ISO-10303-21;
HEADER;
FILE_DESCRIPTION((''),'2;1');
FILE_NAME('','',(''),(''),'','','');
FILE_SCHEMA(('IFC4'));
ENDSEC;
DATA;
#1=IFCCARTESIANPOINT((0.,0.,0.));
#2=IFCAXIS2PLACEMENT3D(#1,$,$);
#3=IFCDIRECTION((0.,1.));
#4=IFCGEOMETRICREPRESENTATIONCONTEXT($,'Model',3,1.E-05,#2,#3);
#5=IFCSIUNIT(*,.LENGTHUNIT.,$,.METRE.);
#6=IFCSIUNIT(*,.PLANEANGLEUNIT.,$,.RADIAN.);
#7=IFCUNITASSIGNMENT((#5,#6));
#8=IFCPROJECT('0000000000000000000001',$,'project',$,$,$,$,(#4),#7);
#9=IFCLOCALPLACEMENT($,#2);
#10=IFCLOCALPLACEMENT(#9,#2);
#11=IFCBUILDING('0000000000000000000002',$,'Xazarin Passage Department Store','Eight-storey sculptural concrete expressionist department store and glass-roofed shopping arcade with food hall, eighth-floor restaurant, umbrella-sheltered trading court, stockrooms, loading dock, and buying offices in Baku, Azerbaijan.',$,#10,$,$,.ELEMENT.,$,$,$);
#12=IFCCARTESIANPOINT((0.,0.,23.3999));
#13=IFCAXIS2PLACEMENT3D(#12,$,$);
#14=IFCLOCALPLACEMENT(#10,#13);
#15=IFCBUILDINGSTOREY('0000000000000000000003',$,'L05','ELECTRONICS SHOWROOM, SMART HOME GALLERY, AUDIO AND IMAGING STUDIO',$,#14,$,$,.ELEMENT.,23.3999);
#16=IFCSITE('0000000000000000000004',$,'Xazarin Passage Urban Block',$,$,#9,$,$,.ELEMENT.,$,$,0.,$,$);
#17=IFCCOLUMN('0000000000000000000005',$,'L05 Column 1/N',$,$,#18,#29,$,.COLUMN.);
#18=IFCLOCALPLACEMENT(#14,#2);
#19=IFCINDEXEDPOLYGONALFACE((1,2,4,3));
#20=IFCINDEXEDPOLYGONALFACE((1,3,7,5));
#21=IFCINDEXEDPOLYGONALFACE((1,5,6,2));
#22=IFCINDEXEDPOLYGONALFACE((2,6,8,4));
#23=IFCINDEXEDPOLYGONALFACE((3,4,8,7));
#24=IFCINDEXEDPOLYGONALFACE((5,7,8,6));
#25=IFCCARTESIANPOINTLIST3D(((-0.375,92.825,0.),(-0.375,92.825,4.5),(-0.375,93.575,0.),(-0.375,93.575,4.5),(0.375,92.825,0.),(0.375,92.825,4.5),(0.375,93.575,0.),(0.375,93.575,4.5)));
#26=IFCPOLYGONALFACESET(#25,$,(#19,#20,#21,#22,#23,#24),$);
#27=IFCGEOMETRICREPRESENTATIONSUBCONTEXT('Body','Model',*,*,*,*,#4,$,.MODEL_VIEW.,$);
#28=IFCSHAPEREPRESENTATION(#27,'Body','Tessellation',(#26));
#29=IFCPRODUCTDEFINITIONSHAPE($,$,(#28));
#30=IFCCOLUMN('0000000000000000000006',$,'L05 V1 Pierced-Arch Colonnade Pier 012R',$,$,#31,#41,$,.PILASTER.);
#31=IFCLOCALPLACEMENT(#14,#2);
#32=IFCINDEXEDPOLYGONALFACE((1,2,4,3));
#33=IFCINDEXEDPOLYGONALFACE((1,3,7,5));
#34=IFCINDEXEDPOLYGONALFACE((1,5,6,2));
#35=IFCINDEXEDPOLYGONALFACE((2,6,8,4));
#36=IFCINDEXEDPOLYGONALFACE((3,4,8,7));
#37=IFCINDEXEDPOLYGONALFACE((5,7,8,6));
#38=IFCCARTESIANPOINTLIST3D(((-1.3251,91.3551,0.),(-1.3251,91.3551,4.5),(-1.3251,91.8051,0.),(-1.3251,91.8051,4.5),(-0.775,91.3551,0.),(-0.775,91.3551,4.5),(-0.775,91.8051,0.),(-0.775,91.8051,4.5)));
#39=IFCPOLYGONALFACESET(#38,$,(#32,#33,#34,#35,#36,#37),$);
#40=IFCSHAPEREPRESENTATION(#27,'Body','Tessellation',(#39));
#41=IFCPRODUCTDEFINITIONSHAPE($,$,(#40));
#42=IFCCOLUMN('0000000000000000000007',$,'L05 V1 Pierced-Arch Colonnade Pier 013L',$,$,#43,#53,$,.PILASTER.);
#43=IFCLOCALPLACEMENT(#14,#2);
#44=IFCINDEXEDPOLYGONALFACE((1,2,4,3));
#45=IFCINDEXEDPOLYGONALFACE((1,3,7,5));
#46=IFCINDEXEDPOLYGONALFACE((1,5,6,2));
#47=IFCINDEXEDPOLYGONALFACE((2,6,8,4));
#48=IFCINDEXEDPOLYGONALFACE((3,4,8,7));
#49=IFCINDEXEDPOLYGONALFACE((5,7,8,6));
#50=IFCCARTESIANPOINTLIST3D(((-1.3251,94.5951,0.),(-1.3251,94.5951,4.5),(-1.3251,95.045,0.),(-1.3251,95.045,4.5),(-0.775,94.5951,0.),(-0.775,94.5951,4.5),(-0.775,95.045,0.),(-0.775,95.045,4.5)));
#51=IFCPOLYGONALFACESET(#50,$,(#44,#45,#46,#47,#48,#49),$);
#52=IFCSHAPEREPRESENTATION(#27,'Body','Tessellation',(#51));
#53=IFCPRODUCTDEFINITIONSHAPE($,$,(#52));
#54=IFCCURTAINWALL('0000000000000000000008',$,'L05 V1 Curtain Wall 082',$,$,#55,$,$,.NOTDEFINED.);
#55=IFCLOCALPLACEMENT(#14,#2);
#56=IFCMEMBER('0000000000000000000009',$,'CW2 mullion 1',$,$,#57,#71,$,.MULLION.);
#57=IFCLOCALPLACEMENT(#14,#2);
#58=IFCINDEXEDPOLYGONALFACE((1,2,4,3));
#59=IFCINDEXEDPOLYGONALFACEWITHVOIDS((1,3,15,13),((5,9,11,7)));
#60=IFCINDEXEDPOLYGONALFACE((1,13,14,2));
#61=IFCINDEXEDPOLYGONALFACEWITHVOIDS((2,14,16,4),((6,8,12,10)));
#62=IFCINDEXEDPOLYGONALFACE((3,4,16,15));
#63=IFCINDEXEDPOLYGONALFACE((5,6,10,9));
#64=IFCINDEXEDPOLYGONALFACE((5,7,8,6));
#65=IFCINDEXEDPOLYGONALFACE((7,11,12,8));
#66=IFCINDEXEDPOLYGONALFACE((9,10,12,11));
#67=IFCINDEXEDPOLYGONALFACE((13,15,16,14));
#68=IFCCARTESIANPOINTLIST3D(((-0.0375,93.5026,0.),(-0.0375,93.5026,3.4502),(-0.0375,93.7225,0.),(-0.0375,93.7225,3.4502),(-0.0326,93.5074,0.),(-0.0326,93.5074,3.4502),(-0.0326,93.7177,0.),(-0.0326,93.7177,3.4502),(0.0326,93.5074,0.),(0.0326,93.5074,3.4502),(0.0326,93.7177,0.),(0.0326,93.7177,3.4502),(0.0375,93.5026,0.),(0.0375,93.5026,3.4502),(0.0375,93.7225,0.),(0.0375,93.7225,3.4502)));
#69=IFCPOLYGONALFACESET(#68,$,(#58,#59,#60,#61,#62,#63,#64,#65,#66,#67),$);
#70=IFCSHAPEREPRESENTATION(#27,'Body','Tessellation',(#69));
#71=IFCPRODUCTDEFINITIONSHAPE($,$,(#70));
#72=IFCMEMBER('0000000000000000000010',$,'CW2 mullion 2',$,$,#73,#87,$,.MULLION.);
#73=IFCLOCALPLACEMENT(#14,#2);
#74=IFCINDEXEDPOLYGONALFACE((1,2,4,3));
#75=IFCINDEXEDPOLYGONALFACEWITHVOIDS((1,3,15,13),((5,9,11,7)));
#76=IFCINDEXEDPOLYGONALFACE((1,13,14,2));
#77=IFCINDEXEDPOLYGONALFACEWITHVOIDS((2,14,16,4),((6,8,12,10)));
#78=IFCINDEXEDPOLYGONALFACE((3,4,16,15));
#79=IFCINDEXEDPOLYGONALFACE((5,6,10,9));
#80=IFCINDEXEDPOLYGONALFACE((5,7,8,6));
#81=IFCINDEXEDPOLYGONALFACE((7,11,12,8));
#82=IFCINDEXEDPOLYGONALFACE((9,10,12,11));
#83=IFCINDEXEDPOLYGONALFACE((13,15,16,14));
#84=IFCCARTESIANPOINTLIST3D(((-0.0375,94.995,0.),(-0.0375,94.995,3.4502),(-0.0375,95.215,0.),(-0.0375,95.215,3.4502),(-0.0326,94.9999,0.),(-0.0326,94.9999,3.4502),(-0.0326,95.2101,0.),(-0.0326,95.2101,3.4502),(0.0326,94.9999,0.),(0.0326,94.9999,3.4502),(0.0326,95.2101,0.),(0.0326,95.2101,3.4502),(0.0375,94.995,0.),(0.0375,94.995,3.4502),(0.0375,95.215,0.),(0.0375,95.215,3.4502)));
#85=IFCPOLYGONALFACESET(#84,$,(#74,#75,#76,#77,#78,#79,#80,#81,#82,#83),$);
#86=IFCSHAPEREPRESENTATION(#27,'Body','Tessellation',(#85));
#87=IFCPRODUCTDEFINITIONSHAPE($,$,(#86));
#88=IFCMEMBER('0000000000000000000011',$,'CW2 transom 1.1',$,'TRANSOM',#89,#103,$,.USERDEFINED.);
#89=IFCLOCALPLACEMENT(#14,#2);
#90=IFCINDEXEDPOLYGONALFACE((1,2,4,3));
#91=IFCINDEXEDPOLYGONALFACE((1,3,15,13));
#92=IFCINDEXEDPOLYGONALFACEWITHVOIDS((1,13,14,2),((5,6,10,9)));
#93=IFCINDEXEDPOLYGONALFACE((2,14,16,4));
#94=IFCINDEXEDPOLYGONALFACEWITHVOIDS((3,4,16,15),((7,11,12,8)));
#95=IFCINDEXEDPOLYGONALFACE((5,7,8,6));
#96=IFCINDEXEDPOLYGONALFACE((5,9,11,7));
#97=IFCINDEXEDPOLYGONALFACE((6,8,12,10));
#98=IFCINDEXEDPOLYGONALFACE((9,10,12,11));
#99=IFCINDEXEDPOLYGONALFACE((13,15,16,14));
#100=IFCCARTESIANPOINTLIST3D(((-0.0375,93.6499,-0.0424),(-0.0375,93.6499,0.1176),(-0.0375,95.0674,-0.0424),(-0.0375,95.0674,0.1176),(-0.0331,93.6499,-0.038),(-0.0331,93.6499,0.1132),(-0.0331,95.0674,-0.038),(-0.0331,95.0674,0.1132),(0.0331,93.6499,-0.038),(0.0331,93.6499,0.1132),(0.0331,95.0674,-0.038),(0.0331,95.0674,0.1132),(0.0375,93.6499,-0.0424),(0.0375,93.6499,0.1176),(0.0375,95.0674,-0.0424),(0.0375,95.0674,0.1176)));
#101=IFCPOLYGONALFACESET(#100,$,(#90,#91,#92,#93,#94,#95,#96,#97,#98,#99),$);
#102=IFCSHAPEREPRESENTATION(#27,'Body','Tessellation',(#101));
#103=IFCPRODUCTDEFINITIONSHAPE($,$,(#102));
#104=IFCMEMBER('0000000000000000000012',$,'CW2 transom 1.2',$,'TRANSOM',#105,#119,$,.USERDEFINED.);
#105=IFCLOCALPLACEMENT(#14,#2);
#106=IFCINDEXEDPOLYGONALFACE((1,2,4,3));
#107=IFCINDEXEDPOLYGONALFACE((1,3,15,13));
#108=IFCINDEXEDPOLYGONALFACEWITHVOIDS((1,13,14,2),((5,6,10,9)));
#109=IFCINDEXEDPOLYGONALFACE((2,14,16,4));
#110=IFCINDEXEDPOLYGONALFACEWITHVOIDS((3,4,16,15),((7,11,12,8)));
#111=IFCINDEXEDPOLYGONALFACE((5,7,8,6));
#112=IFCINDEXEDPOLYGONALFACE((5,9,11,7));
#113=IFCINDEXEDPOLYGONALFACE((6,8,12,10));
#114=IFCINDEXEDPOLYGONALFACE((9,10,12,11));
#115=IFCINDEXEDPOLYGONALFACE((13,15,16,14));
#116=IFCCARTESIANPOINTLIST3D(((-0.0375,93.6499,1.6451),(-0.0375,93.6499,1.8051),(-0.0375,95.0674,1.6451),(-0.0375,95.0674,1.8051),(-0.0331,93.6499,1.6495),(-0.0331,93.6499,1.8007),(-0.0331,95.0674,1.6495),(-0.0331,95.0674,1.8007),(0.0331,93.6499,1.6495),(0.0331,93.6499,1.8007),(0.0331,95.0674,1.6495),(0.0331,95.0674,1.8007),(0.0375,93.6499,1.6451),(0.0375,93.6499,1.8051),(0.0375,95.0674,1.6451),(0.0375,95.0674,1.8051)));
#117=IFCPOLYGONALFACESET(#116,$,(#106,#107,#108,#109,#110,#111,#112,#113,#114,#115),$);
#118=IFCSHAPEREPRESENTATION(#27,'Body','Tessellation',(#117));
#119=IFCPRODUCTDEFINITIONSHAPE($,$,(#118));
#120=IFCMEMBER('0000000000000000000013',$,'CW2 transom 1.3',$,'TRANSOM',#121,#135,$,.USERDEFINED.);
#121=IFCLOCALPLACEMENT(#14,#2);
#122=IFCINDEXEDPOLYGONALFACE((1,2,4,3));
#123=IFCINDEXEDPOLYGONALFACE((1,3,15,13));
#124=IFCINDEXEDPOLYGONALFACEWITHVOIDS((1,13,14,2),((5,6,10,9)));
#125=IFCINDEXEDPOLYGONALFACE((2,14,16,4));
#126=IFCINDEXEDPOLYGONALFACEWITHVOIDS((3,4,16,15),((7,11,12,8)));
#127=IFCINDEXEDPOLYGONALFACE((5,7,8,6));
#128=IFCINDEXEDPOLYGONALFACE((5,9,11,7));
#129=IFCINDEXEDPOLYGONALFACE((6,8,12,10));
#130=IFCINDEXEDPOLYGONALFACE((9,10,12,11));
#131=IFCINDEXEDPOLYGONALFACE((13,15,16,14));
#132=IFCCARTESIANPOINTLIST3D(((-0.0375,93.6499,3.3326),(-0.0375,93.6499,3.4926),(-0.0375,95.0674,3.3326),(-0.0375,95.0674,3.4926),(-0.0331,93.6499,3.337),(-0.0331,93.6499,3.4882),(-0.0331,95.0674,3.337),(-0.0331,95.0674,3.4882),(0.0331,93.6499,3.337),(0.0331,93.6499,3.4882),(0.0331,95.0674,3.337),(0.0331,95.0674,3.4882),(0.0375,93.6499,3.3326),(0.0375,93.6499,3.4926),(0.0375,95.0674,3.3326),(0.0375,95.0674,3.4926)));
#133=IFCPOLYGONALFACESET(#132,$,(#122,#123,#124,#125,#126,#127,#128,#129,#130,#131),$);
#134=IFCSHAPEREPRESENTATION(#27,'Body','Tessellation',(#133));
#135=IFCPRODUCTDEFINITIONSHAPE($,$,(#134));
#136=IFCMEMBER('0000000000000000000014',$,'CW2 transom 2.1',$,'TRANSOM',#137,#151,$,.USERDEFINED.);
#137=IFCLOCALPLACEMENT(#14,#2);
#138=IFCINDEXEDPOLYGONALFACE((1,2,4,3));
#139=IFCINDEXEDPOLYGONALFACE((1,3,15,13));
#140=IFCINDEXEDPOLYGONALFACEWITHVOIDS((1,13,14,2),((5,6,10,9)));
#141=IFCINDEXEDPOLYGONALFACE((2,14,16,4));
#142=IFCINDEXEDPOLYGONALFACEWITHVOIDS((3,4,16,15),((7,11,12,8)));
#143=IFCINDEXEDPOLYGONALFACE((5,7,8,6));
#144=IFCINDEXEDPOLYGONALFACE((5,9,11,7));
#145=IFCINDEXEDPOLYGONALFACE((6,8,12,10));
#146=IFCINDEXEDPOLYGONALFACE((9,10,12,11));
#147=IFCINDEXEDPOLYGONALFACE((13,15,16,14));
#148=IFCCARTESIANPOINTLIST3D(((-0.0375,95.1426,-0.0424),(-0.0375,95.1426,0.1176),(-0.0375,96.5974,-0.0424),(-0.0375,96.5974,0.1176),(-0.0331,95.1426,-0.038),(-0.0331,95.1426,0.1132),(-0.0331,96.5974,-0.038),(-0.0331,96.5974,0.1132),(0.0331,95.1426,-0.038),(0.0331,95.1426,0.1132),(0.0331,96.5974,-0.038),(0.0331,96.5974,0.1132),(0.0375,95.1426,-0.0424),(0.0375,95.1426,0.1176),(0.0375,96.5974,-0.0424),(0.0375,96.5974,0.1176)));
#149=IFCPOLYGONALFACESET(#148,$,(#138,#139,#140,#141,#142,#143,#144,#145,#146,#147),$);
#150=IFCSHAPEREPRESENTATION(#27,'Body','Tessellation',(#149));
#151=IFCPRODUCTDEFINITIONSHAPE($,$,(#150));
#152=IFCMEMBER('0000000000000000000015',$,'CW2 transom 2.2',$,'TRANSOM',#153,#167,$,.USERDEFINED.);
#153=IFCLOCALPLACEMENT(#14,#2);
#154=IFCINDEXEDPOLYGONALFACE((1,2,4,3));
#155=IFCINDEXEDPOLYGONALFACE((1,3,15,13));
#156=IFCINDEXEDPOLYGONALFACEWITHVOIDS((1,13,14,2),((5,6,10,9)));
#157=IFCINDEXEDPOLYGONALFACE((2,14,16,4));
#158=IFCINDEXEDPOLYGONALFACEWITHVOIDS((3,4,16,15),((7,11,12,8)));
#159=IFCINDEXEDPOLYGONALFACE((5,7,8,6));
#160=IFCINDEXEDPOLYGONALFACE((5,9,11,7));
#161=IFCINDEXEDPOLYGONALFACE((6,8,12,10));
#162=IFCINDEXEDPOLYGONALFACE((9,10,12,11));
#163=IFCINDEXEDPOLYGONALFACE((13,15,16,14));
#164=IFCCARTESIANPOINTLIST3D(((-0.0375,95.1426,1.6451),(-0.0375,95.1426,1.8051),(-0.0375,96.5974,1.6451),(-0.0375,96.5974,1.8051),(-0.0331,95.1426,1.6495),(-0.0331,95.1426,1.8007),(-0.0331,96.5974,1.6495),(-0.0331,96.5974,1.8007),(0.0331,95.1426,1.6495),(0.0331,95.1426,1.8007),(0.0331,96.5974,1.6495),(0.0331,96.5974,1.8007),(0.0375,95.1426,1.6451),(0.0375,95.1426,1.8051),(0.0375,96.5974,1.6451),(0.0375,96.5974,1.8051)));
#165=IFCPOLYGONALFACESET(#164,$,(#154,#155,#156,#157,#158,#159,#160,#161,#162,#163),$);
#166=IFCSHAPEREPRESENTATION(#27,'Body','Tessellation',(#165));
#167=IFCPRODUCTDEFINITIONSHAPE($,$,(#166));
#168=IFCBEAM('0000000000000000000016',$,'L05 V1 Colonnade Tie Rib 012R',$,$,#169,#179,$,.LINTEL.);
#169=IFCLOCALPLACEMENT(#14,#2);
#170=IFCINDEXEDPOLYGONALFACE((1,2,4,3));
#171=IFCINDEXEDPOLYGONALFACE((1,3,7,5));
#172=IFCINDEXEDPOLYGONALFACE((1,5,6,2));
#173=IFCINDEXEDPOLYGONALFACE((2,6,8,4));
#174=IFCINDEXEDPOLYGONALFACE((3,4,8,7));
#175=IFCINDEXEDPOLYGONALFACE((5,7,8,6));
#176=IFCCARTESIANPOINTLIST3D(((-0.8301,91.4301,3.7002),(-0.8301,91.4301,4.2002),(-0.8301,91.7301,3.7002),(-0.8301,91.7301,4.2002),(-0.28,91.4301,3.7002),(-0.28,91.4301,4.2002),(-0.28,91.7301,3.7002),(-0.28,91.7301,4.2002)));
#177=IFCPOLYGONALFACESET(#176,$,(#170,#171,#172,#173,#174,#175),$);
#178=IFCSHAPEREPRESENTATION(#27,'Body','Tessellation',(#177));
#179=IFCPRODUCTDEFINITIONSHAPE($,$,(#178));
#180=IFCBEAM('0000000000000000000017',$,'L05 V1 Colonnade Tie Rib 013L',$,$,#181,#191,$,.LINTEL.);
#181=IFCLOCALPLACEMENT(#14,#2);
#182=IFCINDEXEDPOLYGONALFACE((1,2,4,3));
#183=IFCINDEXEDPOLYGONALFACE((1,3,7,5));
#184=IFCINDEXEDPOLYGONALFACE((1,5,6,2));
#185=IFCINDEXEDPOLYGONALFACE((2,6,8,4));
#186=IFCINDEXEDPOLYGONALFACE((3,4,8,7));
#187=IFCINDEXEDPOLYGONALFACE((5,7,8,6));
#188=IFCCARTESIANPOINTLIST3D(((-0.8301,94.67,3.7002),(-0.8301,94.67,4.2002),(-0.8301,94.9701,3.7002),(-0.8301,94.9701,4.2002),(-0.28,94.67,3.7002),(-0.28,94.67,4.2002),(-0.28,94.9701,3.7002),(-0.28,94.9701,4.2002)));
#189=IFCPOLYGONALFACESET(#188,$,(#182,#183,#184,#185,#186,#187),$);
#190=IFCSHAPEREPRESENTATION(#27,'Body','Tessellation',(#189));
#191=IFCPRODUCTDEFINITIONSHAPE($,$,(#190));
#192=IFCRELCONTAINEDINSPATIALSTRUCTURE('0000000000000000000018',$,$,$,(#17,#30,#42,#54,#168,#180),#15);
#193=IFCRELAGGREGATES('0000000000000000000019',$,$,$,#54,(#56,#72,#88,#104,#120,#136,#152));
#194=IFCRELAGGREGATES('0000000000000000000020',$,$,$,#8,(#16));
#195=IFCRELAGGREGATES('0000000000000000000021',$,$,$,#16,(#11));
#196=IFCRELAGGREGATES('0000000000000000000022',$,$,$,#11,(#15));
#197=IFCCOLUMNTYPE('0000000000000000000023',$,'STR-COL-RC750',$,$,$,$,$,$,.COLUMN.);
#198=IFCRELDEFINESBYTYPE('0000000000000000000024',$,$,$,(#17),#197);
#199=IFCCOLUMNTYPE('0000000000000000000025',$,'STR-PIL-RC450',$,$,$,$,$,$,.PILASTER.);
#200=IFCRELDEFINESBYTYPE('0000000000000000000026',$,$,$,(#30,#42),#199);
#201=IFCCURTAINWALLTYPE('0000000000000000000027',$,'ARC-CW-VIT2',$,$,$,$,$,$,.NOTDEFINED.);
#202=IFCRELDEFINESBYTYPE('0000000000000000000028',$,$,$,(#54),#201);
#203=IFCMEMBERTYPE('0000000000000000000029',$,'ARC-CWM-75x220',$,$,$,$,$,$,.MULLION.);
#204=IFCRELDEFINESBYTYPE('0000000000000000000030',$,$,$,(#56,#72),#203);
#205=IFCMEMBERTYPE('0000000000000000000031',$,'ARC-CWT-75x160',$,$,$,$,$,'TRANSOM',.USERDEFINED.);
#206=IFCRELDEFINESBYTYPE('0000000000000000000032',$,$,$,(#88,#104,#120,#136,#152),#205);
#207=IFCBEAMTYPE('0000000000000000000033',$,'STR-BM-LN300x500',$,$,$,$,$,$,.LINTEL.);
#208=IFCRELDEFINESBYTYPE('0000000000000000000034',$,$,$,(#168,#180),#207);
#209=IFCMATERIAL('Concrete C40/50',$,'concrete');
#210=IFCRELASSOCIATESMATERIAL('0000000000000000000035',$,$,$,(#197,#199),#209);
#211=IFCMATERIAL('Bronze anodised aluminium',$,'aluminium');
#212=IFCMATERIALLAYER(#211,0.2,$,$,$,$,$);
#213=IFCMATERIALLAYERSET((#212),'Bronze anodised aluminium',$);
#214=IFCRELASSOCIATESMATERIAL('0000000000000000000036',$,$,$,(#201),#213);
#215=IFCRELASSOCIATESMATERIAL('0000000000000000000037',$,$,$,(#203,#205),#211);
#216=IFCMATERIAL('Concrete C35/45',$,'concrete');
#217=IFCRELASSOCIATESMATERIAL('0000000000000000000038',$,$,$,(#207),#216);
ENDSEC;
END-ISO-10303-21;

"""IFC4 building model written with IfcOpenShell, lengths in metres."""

from ifc_helpers import new_model, si_unit, direction, frame, origin, origin_2d, place, context, subcontext, project, spatial, rectangle, hollow_rectangle, extrude, material, layer, layer_set, material_profile, profile_set, type_object, element, aggregate, save


model = new_model("IFC4")

# Units and contexts
model_context = context("Model", 3, precision=1e-05, world=origin(), true_north=direction((0.0, 1.0)))
body_context = subcontext(model_context, "Body", "Model", "MODEL_VIEW")
ifc_project = project(units=[si_unit("LENGTHUNIT", "METRE"), si_unit("PLANEANGLEUNIT", "RADIAN")], contexts=[model_context])

# Site, building, storey
site_placement = place(None, origin())
site = spatial("IfcSite", under=ifc_project, at=site_placement, Name="Xazarin Passage Urban Block", CompositionType="ELEMENT", RefElevation=0.0)
building_placement = place(site_placement, origin())
building = spatial("IfcBuilding", under=site, at=building_placement, Name="Xazarin Passage Department Store", Description="Eight-storey sculptural concrete expressionist department store and glass-roofed shopping arcade with food hall, eighth-floor restaurant, umbrella-sheltered trading court, stockrooms, loading dock, and buying offices in Baku, Azerbaijan.", CompositionType="ELEMENT")
storey_placement = place(building_placement, frame((0.0, 0.0, 23.3999)))
storey = spatial("IfcBuildingStorey", under=building, at=storey_placement, Name="L05", Description="ELECTRONICS SHOWROOM, SMART HOME GALLERY, AUDIO AND IMAGING STUDIO", CompositionType="ELEMENT", Elevation=23.3999)

# Columns
ifc_material_1 = material(Name="Concrete C40/50", Category="concrete")
ifc_material_profile_1 = material_profile(ifc_material_1, rectangle(XDim=0.75, YDim=0.75, at=origin_2d()), Name="RC 750x750")
ifc_profile_set_1 = profile_set([ifc_material_profile_1], Name="Concrete C40/50")
column_type_1 = type_object("IfcColumnType", Name="STR-COL-RC750", PredefinedType="COLUMN", material=ifc_profile_set_1)
column_placement = place(storey_placement, frame((0.0, 93.2, 0.0), z_axis=(0.0, 0.0, 1.0), x_axis=(1.0, 0.0, 0.0)))
element("IfcColumn", 1, at=column_placement, inside=storey, type_object=column_type_1, Name="L05 Column 1/N", PredefinedType="COLUMN", context=body_context, shape_type="SweptSolid", body=[
    extrude(rectangle(XDim=0.75, YDim=0.75, at=origin_2d()), origin(), (0.0, 0.0, 1.0), 4.5),
])
ifc_material_profile_2 = material_profile(ifc_material_1, rectangle(XDim=0.45, YDim=0.55, at=origin_2d()), Name="RC 450x550")
ifc_profile_set_2 = profile_set([ifc_material_profile_2], Name="Concrete C40/50")
column_type_2 = type_object("IfcColumnType", Name="STR-PIL-RC450", PredefinedType="PILASTER", material=ifc_profile_set_2)
for number, where, z_axis, x_axis, name in (
    (2, (-1.05, 91.5801, 0.0), (0.0, 0.0, 1.0), (0.0, 1.0, 0.0), "L05 V1 Pierced-Arch Colonnade Pier 012R"),
    (3, (-1.05, 94.8201, 0.0), (0.0, 0.0, 1.0), (0.0, 1.0, 0.0), "L05 V1 Pierced-Arch Colonnade Pier 013L"),
):
    element("IfcColumn", number, at=place(storey_placement, frame(where, z_axis=z_axis, x_axis=x_axis)), inside=storey, type_object=column_type_2, Name=name, PredefinedType="PILASTER", context=body_context, shape_type="SweptSolid", body=[
        extrude(rectangle(XDim=0.45, YDim=0.55, at=origin_2d()), origin(), (0.0, 0.0, 1.0), 4.5),
    ])

# Curtain wall, members
ifc_material_2 = material(Name="Bronze anodised aluminium", Category="aluminium")
ifc_layer_1 = layer(ifc_material_2, 0.2)
ifc_layer_set_1 = layer_set([ifc_layer_1], Name="Bronze anodised aluminium")
curtain_wall_type = type_object("IfcCurtainWallType", Name="ARC-CW-VIT2", PredefinedType="NOTDEFINED", material=ifc_layer_set_1)
curtain_wall_placement = place(storey_placement, origin())
curtain_wall = element("IfcCurtainWall", 4, at=curtain_wall_placement, inside=storey, type_object=curtain_wall_type, Name="L05 V1 Curtain Wall 082", PredefinedType="NOTDEFINED")
ifc_material_profile_3 = material_profile(ifc_material_2, hollow_rectangle(XDim=0.075, YDim=0.22, WallThickness=0.0049, at=origin_2d()), Name="ALU 75x220")
ifc_profile_set_3 = profile_set([ifc_material_profile_3], Name="Bronze anodised aluminium")
member_type_1 = type_object("IfcMemberType", Name="ARC-CWM-75x220", PredefinedType="MULLION", material=ifc_profile_set_3)
member_1_placement = place(storey_placement, frame((0.0, 93.6125, 0.0), z_axis=(0.0, 0.0, 1.0), x_axis=(-1.0, 0.0, 0.0)))
member_1 = element("IfcMember", 5, at=member_1_placement, type_object=member_type_1, Name="CW2 mullion 1", PredefinedType="MULLION", context=body_context, shape_type="SweptSolid", body=[
    extrude(hollow_rectangle(XDim=0.075, YDim=0.22, WallThickness=0.0049, at=origin_2d()), origin(), (0.0, 0.0, 1.0), 3.4502),
])
member_2_placement = place(storey_placement, frame((0.0, 95.105, 0.0), z_axis=(0.0, 0.0, 1.0), x_axis=(-1.0, 0.0, 0.0)))
member_2 = element("IfcMember", 6, at=member_2_placement, type_object=member_type_1, Name="CW2 mullion 2", PredefinedType="MULLION", context=body_context, shape_type="SweptSolid", body=[
    extrude(hollow_rectangle(XDim=0.075, YDim=0.22, WallThickness=0.0049, at=origin_2d()), origin(), (0.0, 0.0, 1.0), 3.4502),
])
ifc_material_profile_4 = material_profile(ifc_material_2, hollow_rectangle(XDim=0.075, YDim=0.1599, WallThickness=0.0044, at=origin_2d()), Name="ALU 75x160")
ifc_profile_set_4 = profile_set([ifc_material_profile_4], Name="Bronze anodised aluminium")
member_type_2 = type_object("IfcMemberType", Name="ARC-CWT-75x160", ElementType="TRANSOM", PredefinedType="USERDEFINED", material=ifc_profile_set_4)
member_3_placement = place(storey_placement, frame((0.0, 93.6499, 0.0376), z_axis=(0.0, 1.0, 0.0), x_axis=(-1.0, 0.0, 0.0)))
member_3 = element("IfcMember", 7, at=member_3_placement, type_object=member_type_2, Name="CW2 transom 1.1", ObjectType="TRANSOM", PredefinedType="USERDEFINED", context=body_context, shape_type="SweptSolid", body=[
    extrude(hollow_rectangle(XDim=0.075, YDim=0.1599, WallThickness=0.0044, at=origin_2d()), origin(), (0.0, 0.0, 1.0), 1.4175),
])
member_4_placement = place(storey_placement, frame((0.0, 93.6499, 1.7251), z_axis=(0.0, 1.0, 0.0), x_axis=(-1.0, 0.0, 0.0)))
member_4 = element("IfcMember", 8, at=member_4_placement, type_object=member_type_2, Name="CW2 transom 1.2", ObjectType="TRANSOM", PredefinedType="USERDEFINED", context=body_context, shape_type="SweptSolid", body=[
    extrude(hollow_rectangle(XDim=0.075, YDim=0.1599, WallThickness=0.0044, at=origin_2d()), origin(), (0.0, 0.0, 1.0), 1.4175),
])
member_5_placement = place(storey_placement, frame((0.0, 93.6499, 3.4126), z_axis=(0.0, 1.0, 0.0), x_axis=(-1.0, 0.0, 0.0)))
member_5 = element("IfcMember", 9, at=member_5_placement, type_object=member_type_2, Name="CW2 transom 1.3", ObjectType="TRANSOM", PredefinedType="USERDEFINED", context=body_context, shape_type="SweptSolid", body=[
    extrude(hollow_rectangle(XDim=0.075, YDim=0.1599, WallThickness=0.0044, at=origin_2d()), origin(), (0.0, 0.0, 1.0), 1.4175),
])
member_6_placement = place(storey_placement, frame((0.0, 95.1426, 0.0376), z_axis=(0.0, 1.0, 0.0), x_axis=(-1.0, 0.0, 0.0)))
member_6 = element("IfcMember", 10, at=member_6_placement, type_object=member_type_2, Name="CW2 transom 2.1", ObjectType="TRANSOM", PredefinedType="USERDEFINED", context=body_context, shape_type="SweptSolid", body=[
    extrude(hollow_rectangle(XDim=0.075, YDim=0.1599, WallThickness=0.0044, at=origin_2d()), origin(), (0.0, 0.0, 1.0), 1.4548),
])
member_7_placement = place(storey_placement, frame((0.0, 95.1426, 1.7251), z_axis=(0.0, 1.0, 0.0), x_axis=(-1.0, 0.0, 0.0)))
member_7 = element("IfcMember", 11, at=member_7_placement, type_object=member_type_2, Name="CW2 transom 2.2", ObjectType="TRANSOM", PredefinedType="USERDEFINED", context=body_context, shape_type="SweptSolid", body=[
    extrude(hollow_rectangle(XDim=0.075, YDim=0.1599, WallThickness=0.0044, at=origin_2d()), origin(), (0.0, 0.0, 1.0), 1.4548),
])

# Beams
ifc_material_3 = material(Name="Concrete C35/45", Category="concrete")
ifc_material_profile_5 = material_profile(ifc_material_3, rectangle(XDim=0.3, YDim=0.5, at=origin_2d()), Name="RC 300x500")
ifc_profile_set_5 = profile_set([ifc_material_profile_5], Name="Concrete C35/45")
beam_type_1 = type_object("IfcBeamType", Name="STR-BM-LN300x500", PredefinedType="LINTEL", material=ifc_profile_set_5)
for number, where, z_axis, x_axis, name in (
    (12, (-0.28, 91.5801, 3.9502), (-1.0, 0.0, 0.0), (0.0, -1.0, 0.0), "L05 V1 Colonnade Tie Rib 012R"),
    (13, (-0.28, 94.8201, 3.9502), (-1.0, 0.0, 0.0), (0.0, -1.0, 0.0), "L05 V1 Colonnade Tie Rib 013L"),
):
    element("IfcBeam", number, at=place(storey_placement, frame(where, z_axis=z_axis, x_axis=x_axis)), inside=storey, type_object=beam_type_1, Name=name, PredefinedType="LINTEL", context=body_context, shape_type="SweptSolid", body=[
        extrude(rectangle(XDim=0.3, YDim=0.5, at=origin_2d()), origin(), (0.0, 0.0, 1.0), 0.55),
    ])

aggregate(curtain_wall, [member_1, member_2, member_3, member_4, member_5, member_6, member_7])

save(model, "model.ifc")
